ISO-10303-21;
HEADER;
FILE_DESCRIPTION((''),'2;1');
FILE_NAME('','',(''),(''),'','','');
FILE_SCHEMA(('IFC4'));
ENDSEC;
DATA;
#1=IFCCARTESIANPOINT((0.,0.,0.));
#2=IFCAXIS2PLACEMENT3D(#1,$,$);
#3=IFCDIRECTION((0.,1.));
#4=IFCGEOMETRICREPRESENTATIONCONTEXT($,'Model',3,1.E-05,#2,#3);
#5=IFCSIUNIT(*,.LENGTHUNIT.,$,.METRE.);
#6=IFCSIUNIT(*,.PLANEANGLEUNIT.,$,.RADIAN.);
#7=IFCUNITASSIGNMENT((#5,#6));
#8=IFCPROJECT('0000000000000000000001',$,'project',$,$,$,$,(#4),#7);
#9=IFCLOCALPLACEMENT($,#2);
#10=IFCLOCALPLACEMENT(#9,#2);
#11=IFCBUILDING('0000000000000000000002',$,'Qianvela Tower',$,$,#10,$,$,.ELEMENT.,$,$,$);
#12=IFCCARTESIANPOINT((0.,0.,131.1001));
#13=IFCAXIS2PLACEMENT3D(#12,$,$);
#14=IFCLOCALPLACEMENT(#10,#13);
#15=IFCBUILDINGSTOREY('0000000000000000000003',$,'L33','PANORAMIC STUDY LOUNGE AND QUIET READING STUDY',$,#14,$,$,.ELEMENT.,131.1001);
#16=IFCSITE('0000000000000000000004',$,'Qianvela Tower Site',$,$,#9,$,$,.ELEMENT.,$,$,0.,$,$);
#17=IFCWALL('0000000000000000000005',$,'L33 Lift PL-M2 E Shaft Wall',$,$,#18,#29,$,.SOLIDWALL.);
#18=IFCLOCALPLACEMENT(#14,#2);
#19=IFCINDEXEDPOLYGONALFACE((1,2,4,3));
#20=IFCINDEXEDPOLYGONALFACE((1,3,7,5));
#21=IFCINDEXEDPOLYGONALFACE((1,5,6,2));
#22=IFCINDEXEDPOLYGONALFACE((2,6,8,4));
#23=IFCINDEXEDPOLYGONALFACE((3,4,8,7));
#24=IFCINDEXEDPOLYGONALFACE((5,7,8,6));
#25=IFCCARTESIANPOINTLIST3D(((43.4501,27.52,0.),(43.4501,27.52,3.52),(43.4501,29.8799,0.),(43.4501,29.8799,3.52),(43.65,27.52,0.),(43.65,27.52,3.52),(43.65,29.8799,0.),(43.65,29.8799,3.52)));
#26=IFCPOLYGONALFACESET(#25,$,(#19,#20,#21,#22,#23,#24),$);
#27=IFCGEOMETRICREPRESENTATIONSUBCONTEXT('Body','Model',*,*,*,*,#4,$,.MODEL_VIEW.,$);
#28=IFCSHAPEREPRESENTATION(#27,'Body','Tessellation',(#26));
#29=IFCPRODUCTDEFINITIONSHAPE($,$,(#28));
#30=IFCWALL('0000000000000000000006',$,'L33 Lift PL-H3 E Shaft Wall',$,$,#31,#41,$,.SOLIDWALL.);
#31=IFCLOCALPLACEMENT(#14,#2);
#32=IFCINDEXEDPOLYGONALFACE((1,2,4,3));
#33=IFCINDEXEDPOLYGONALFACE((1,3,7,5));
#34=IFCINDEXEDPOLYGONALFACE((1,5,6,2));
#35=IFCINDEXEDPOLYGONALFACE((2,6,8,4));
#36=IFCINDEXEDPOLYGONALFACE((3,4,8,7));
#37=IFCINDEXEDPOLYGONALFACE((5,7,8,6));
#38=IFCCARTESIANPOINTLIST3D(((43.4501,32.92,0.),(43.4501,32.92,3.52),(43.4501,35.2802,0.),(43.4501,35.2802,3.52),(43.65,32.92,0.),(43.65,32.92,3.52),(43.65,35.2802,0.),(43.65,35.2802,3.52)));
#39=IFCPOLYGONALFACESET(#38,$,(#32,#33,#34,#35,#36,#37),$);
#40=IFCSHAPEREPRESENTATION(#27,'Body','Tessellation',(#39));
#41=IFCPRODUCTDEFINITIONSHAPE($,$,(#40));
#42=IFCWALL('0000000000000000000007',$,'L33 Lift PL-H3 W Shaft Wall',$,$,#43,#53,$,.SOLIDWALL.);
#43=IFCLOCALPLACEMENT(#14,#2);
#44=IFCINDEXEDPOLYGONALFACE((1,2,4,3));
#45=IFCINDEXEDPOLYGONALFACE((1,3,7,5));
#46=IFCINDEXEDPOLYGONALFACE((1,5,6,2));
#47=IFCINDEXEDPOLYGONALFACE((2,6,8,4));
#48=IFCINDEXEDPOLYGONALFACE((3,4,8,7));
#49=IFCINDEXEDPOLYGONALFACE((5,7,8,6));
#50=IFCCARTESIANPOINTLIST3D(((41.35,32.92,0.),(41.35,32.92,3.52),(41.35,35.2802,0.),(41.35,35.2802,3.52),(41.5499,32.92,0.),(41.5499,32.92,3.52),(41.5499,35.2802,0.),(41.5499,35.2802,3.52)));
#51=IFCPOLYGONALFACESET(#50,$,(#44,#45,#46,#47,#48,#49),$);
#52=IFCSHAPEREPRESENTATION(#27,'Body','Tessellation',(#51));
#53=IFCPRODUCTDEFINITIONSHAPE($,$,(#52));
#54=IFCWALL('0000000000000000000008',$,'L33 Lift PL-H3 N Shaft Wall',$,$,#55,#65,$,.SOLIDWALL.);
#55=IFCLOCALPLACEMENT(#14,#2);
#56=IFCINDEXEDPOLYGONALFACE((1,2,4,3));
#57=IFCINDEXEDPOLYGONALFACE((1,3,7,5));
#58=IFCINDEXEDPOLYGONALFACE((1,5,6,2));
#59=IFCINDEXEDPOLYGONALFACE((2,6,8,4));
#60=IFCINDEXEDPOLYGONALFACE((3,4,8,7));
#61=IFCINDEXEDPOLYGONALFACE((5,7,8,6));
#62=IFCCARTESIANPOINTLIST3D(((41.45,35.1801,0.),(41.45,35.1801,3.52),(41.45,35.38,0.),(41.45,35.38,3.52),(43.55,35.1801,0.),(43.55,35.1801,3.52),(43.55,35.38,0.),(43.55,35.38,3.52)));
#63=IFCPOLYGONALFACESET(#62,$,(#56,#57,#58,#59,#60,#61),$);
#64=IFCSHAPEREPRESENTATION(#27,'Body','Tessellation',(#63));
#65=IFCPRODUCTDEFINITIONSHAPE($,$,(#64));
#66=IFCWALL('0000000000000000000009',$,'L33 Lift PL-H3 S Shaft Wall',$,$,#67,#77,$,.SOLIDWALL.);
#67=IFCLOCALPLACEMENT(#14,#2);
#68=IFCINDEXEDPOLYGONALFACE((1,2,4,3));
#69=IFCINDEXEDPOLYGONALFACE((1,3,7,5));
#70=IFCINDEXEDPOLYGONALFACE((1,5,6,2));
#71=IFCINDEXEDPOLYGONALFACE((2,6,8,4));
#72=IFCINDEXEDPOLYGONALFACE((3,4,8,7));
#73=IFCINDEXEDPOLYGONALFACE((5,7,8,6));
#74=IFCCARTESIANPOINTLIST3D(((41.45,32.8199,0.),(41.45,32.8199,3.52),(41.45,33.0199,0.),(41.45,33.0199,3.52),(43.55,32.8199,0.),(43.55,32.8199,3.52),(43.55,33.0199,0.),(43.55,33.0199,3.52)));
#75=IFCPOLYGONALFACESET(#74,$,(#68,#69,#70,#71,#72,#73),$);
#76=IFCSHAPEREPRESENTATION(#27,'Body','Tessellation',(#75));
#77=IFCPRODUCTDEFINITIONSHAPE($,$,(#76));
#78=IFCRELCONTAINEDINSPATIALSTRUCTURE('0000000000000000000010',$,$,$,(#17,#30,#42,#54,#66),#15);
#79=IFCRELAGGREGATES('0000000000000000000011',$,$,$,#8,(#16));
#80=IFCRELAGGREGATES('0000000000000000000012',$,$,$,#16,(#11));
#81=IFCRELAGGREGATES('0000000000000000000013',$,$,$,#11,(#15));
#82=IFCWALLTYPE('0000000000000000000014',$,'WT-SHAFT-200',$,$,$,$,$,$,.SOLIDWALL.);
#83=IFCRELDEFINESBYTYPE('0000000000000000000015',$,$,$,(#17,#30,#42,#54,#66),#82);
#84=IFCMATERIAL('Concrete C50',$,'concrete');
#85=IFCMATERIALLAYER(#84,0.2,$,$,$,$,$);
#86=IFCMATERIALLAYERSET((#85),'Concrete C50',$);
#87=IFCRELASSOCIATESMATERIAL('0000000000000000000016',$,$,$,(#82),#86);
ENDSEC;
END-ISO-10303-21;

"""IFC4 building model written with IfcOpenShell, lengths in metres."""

from ifc_helpers import new_model, si_unit, direction, frame, frame_2d, origin, place, context, subcontext, project, spatial, rectangle, extrude, material, layer, layer_set, type_object, element, save


model = new_model("IFC4")

# Units and contexts
model_context = context("Model", 3, precision=1e-05, world=origin(), true_north=direction((0.0, 1.0)))
body_context = subcontext(model_context, "Body", "Model", "MODEL_VIEW")
ifc_project = project(units=[si_unit("LENGTHUNIT", "METRE"), si_unit("PLANEANGLEUNIT", "RADIAN")], contexts=[model_context])

# Site, building, storey
site_placement = place(None, origin())
site = spatial("IfcSite", under=ifc_project, at=site_placement, Name="Qianvela Tower Site", CompositionType="ELEMENT", RefElevation=0.0)
building_placement = place(site_placement, origin())
building = spatial("IfcBuilding", under=site, at=building_placement, Name="Qianvela Tower", CompositionType="ELEMENT")
storey_placement = place(building_placement, frame((0.0, 0.0, 131.1001)))
storey = spatial("IfcBuildingStorey", under=building, at=storey_placement, Name="L33", Description="PANORAMIC STUDY LOUNGE AND QUIET READING STUDY", CompositionType="ELEMENT", Elevation=131.1001)

# Walls
ifc_material_1 = material(Name="Concrete C50", Category="concrete")
ifc_layer_1 = layer(ifc_material_1, 0.2)
ifc_layer_set_1 = layer_set([ifc_layer_1], Name="Concrete C50")
wall_type_1 = type_object("IfcWallType", Name="WT-SHAFT-200", PredefinedType="SOLIDWALL", material=ifc_layer_set_1)
for number, where, z_axis, x_axis, name in (
    (1, (43.55, 27.52, 0.0), (0.0, 0.0, 1.0), (0.0, 1.0, 0.0), "L33 Lift PL-M2 E Shaft Wall"),
):
    element("IfcWall", number, at=place(storey_placement, frame(where, z_axis=z_axis, x_axis=x_axis)), inside=storey, type_object=wall_type_1, Name=name, PredefinedType="SOLIDWALL", context=body_context, shape_type="SweptSolid", body=[
        extrude(rectangle(XDim=2.3599, YDim=0.2, at=frame_2d((1.1799, 0.0))), origin(), (0.0, 0.0, 1.0), 3.52),
    ])
for number, where, z_axis, x_axis, name in (
    (2, (43.55, 32.9199, 0.0), (0.0, 0.0, 1.0), (0.0, 1.0, 0.0), "L33 Lift PL-H3 E Shaft Wall"),
    (3, (41.45, 32.9199, 0.0), (0.0, 0.0, 1.0), (0.0, 1.0, 0.0), "L33 Lift PL-H3 W Shaft Wall"),
):
    element("IfcWall", number, at=place(storey_placement, frame(where, z_axis=z_axis, x_axis=x_axis)), inside=storey, type_object=wall_type_1, Name=name, PredefinedType="SOLIDWALL", context=body_context, shape_type="SweptSolid", body=[
        extrude(rectangle(XDim=2.3601, YDim=0.2, at=frame_2d((1.1802, 0.0))), origin(), (0.0, 0.0, 1.0), 3.52),
    ])
for number, where, z_axis, x_axis, name in (
    (4, (41.45, 35.28, 0.0), (0.0, 0.0, 1.0), (1.0, 0.0, 0.0), "L33 Lift PL-H3 N Shaft Wall"),
    (5, (41.45, 32.9199, 0.0), (0.0, 0.0, 1.0), (1.0, 0.0, 0.0), "L33 Lift PL-H3 S Shaft Wall"),
):
    element("IfcWall", number, at=place(storey_placement, frame(where, z_axis=z_axis, x_axis=x_axis)), inside=storey, type_object=wall_type_1, Name=name, PredefinedType="SOLIDWALL", context=body_context, shape_type="SweptSolid", body=[
        extrude(rectangle(XDim=2.1001, YDim=0.2, at=frame_2d((1.05, 0.0))), origin(), (0.0, 0.0, 1.0), 3.52),
    ])

save(model, "model.ifc")
